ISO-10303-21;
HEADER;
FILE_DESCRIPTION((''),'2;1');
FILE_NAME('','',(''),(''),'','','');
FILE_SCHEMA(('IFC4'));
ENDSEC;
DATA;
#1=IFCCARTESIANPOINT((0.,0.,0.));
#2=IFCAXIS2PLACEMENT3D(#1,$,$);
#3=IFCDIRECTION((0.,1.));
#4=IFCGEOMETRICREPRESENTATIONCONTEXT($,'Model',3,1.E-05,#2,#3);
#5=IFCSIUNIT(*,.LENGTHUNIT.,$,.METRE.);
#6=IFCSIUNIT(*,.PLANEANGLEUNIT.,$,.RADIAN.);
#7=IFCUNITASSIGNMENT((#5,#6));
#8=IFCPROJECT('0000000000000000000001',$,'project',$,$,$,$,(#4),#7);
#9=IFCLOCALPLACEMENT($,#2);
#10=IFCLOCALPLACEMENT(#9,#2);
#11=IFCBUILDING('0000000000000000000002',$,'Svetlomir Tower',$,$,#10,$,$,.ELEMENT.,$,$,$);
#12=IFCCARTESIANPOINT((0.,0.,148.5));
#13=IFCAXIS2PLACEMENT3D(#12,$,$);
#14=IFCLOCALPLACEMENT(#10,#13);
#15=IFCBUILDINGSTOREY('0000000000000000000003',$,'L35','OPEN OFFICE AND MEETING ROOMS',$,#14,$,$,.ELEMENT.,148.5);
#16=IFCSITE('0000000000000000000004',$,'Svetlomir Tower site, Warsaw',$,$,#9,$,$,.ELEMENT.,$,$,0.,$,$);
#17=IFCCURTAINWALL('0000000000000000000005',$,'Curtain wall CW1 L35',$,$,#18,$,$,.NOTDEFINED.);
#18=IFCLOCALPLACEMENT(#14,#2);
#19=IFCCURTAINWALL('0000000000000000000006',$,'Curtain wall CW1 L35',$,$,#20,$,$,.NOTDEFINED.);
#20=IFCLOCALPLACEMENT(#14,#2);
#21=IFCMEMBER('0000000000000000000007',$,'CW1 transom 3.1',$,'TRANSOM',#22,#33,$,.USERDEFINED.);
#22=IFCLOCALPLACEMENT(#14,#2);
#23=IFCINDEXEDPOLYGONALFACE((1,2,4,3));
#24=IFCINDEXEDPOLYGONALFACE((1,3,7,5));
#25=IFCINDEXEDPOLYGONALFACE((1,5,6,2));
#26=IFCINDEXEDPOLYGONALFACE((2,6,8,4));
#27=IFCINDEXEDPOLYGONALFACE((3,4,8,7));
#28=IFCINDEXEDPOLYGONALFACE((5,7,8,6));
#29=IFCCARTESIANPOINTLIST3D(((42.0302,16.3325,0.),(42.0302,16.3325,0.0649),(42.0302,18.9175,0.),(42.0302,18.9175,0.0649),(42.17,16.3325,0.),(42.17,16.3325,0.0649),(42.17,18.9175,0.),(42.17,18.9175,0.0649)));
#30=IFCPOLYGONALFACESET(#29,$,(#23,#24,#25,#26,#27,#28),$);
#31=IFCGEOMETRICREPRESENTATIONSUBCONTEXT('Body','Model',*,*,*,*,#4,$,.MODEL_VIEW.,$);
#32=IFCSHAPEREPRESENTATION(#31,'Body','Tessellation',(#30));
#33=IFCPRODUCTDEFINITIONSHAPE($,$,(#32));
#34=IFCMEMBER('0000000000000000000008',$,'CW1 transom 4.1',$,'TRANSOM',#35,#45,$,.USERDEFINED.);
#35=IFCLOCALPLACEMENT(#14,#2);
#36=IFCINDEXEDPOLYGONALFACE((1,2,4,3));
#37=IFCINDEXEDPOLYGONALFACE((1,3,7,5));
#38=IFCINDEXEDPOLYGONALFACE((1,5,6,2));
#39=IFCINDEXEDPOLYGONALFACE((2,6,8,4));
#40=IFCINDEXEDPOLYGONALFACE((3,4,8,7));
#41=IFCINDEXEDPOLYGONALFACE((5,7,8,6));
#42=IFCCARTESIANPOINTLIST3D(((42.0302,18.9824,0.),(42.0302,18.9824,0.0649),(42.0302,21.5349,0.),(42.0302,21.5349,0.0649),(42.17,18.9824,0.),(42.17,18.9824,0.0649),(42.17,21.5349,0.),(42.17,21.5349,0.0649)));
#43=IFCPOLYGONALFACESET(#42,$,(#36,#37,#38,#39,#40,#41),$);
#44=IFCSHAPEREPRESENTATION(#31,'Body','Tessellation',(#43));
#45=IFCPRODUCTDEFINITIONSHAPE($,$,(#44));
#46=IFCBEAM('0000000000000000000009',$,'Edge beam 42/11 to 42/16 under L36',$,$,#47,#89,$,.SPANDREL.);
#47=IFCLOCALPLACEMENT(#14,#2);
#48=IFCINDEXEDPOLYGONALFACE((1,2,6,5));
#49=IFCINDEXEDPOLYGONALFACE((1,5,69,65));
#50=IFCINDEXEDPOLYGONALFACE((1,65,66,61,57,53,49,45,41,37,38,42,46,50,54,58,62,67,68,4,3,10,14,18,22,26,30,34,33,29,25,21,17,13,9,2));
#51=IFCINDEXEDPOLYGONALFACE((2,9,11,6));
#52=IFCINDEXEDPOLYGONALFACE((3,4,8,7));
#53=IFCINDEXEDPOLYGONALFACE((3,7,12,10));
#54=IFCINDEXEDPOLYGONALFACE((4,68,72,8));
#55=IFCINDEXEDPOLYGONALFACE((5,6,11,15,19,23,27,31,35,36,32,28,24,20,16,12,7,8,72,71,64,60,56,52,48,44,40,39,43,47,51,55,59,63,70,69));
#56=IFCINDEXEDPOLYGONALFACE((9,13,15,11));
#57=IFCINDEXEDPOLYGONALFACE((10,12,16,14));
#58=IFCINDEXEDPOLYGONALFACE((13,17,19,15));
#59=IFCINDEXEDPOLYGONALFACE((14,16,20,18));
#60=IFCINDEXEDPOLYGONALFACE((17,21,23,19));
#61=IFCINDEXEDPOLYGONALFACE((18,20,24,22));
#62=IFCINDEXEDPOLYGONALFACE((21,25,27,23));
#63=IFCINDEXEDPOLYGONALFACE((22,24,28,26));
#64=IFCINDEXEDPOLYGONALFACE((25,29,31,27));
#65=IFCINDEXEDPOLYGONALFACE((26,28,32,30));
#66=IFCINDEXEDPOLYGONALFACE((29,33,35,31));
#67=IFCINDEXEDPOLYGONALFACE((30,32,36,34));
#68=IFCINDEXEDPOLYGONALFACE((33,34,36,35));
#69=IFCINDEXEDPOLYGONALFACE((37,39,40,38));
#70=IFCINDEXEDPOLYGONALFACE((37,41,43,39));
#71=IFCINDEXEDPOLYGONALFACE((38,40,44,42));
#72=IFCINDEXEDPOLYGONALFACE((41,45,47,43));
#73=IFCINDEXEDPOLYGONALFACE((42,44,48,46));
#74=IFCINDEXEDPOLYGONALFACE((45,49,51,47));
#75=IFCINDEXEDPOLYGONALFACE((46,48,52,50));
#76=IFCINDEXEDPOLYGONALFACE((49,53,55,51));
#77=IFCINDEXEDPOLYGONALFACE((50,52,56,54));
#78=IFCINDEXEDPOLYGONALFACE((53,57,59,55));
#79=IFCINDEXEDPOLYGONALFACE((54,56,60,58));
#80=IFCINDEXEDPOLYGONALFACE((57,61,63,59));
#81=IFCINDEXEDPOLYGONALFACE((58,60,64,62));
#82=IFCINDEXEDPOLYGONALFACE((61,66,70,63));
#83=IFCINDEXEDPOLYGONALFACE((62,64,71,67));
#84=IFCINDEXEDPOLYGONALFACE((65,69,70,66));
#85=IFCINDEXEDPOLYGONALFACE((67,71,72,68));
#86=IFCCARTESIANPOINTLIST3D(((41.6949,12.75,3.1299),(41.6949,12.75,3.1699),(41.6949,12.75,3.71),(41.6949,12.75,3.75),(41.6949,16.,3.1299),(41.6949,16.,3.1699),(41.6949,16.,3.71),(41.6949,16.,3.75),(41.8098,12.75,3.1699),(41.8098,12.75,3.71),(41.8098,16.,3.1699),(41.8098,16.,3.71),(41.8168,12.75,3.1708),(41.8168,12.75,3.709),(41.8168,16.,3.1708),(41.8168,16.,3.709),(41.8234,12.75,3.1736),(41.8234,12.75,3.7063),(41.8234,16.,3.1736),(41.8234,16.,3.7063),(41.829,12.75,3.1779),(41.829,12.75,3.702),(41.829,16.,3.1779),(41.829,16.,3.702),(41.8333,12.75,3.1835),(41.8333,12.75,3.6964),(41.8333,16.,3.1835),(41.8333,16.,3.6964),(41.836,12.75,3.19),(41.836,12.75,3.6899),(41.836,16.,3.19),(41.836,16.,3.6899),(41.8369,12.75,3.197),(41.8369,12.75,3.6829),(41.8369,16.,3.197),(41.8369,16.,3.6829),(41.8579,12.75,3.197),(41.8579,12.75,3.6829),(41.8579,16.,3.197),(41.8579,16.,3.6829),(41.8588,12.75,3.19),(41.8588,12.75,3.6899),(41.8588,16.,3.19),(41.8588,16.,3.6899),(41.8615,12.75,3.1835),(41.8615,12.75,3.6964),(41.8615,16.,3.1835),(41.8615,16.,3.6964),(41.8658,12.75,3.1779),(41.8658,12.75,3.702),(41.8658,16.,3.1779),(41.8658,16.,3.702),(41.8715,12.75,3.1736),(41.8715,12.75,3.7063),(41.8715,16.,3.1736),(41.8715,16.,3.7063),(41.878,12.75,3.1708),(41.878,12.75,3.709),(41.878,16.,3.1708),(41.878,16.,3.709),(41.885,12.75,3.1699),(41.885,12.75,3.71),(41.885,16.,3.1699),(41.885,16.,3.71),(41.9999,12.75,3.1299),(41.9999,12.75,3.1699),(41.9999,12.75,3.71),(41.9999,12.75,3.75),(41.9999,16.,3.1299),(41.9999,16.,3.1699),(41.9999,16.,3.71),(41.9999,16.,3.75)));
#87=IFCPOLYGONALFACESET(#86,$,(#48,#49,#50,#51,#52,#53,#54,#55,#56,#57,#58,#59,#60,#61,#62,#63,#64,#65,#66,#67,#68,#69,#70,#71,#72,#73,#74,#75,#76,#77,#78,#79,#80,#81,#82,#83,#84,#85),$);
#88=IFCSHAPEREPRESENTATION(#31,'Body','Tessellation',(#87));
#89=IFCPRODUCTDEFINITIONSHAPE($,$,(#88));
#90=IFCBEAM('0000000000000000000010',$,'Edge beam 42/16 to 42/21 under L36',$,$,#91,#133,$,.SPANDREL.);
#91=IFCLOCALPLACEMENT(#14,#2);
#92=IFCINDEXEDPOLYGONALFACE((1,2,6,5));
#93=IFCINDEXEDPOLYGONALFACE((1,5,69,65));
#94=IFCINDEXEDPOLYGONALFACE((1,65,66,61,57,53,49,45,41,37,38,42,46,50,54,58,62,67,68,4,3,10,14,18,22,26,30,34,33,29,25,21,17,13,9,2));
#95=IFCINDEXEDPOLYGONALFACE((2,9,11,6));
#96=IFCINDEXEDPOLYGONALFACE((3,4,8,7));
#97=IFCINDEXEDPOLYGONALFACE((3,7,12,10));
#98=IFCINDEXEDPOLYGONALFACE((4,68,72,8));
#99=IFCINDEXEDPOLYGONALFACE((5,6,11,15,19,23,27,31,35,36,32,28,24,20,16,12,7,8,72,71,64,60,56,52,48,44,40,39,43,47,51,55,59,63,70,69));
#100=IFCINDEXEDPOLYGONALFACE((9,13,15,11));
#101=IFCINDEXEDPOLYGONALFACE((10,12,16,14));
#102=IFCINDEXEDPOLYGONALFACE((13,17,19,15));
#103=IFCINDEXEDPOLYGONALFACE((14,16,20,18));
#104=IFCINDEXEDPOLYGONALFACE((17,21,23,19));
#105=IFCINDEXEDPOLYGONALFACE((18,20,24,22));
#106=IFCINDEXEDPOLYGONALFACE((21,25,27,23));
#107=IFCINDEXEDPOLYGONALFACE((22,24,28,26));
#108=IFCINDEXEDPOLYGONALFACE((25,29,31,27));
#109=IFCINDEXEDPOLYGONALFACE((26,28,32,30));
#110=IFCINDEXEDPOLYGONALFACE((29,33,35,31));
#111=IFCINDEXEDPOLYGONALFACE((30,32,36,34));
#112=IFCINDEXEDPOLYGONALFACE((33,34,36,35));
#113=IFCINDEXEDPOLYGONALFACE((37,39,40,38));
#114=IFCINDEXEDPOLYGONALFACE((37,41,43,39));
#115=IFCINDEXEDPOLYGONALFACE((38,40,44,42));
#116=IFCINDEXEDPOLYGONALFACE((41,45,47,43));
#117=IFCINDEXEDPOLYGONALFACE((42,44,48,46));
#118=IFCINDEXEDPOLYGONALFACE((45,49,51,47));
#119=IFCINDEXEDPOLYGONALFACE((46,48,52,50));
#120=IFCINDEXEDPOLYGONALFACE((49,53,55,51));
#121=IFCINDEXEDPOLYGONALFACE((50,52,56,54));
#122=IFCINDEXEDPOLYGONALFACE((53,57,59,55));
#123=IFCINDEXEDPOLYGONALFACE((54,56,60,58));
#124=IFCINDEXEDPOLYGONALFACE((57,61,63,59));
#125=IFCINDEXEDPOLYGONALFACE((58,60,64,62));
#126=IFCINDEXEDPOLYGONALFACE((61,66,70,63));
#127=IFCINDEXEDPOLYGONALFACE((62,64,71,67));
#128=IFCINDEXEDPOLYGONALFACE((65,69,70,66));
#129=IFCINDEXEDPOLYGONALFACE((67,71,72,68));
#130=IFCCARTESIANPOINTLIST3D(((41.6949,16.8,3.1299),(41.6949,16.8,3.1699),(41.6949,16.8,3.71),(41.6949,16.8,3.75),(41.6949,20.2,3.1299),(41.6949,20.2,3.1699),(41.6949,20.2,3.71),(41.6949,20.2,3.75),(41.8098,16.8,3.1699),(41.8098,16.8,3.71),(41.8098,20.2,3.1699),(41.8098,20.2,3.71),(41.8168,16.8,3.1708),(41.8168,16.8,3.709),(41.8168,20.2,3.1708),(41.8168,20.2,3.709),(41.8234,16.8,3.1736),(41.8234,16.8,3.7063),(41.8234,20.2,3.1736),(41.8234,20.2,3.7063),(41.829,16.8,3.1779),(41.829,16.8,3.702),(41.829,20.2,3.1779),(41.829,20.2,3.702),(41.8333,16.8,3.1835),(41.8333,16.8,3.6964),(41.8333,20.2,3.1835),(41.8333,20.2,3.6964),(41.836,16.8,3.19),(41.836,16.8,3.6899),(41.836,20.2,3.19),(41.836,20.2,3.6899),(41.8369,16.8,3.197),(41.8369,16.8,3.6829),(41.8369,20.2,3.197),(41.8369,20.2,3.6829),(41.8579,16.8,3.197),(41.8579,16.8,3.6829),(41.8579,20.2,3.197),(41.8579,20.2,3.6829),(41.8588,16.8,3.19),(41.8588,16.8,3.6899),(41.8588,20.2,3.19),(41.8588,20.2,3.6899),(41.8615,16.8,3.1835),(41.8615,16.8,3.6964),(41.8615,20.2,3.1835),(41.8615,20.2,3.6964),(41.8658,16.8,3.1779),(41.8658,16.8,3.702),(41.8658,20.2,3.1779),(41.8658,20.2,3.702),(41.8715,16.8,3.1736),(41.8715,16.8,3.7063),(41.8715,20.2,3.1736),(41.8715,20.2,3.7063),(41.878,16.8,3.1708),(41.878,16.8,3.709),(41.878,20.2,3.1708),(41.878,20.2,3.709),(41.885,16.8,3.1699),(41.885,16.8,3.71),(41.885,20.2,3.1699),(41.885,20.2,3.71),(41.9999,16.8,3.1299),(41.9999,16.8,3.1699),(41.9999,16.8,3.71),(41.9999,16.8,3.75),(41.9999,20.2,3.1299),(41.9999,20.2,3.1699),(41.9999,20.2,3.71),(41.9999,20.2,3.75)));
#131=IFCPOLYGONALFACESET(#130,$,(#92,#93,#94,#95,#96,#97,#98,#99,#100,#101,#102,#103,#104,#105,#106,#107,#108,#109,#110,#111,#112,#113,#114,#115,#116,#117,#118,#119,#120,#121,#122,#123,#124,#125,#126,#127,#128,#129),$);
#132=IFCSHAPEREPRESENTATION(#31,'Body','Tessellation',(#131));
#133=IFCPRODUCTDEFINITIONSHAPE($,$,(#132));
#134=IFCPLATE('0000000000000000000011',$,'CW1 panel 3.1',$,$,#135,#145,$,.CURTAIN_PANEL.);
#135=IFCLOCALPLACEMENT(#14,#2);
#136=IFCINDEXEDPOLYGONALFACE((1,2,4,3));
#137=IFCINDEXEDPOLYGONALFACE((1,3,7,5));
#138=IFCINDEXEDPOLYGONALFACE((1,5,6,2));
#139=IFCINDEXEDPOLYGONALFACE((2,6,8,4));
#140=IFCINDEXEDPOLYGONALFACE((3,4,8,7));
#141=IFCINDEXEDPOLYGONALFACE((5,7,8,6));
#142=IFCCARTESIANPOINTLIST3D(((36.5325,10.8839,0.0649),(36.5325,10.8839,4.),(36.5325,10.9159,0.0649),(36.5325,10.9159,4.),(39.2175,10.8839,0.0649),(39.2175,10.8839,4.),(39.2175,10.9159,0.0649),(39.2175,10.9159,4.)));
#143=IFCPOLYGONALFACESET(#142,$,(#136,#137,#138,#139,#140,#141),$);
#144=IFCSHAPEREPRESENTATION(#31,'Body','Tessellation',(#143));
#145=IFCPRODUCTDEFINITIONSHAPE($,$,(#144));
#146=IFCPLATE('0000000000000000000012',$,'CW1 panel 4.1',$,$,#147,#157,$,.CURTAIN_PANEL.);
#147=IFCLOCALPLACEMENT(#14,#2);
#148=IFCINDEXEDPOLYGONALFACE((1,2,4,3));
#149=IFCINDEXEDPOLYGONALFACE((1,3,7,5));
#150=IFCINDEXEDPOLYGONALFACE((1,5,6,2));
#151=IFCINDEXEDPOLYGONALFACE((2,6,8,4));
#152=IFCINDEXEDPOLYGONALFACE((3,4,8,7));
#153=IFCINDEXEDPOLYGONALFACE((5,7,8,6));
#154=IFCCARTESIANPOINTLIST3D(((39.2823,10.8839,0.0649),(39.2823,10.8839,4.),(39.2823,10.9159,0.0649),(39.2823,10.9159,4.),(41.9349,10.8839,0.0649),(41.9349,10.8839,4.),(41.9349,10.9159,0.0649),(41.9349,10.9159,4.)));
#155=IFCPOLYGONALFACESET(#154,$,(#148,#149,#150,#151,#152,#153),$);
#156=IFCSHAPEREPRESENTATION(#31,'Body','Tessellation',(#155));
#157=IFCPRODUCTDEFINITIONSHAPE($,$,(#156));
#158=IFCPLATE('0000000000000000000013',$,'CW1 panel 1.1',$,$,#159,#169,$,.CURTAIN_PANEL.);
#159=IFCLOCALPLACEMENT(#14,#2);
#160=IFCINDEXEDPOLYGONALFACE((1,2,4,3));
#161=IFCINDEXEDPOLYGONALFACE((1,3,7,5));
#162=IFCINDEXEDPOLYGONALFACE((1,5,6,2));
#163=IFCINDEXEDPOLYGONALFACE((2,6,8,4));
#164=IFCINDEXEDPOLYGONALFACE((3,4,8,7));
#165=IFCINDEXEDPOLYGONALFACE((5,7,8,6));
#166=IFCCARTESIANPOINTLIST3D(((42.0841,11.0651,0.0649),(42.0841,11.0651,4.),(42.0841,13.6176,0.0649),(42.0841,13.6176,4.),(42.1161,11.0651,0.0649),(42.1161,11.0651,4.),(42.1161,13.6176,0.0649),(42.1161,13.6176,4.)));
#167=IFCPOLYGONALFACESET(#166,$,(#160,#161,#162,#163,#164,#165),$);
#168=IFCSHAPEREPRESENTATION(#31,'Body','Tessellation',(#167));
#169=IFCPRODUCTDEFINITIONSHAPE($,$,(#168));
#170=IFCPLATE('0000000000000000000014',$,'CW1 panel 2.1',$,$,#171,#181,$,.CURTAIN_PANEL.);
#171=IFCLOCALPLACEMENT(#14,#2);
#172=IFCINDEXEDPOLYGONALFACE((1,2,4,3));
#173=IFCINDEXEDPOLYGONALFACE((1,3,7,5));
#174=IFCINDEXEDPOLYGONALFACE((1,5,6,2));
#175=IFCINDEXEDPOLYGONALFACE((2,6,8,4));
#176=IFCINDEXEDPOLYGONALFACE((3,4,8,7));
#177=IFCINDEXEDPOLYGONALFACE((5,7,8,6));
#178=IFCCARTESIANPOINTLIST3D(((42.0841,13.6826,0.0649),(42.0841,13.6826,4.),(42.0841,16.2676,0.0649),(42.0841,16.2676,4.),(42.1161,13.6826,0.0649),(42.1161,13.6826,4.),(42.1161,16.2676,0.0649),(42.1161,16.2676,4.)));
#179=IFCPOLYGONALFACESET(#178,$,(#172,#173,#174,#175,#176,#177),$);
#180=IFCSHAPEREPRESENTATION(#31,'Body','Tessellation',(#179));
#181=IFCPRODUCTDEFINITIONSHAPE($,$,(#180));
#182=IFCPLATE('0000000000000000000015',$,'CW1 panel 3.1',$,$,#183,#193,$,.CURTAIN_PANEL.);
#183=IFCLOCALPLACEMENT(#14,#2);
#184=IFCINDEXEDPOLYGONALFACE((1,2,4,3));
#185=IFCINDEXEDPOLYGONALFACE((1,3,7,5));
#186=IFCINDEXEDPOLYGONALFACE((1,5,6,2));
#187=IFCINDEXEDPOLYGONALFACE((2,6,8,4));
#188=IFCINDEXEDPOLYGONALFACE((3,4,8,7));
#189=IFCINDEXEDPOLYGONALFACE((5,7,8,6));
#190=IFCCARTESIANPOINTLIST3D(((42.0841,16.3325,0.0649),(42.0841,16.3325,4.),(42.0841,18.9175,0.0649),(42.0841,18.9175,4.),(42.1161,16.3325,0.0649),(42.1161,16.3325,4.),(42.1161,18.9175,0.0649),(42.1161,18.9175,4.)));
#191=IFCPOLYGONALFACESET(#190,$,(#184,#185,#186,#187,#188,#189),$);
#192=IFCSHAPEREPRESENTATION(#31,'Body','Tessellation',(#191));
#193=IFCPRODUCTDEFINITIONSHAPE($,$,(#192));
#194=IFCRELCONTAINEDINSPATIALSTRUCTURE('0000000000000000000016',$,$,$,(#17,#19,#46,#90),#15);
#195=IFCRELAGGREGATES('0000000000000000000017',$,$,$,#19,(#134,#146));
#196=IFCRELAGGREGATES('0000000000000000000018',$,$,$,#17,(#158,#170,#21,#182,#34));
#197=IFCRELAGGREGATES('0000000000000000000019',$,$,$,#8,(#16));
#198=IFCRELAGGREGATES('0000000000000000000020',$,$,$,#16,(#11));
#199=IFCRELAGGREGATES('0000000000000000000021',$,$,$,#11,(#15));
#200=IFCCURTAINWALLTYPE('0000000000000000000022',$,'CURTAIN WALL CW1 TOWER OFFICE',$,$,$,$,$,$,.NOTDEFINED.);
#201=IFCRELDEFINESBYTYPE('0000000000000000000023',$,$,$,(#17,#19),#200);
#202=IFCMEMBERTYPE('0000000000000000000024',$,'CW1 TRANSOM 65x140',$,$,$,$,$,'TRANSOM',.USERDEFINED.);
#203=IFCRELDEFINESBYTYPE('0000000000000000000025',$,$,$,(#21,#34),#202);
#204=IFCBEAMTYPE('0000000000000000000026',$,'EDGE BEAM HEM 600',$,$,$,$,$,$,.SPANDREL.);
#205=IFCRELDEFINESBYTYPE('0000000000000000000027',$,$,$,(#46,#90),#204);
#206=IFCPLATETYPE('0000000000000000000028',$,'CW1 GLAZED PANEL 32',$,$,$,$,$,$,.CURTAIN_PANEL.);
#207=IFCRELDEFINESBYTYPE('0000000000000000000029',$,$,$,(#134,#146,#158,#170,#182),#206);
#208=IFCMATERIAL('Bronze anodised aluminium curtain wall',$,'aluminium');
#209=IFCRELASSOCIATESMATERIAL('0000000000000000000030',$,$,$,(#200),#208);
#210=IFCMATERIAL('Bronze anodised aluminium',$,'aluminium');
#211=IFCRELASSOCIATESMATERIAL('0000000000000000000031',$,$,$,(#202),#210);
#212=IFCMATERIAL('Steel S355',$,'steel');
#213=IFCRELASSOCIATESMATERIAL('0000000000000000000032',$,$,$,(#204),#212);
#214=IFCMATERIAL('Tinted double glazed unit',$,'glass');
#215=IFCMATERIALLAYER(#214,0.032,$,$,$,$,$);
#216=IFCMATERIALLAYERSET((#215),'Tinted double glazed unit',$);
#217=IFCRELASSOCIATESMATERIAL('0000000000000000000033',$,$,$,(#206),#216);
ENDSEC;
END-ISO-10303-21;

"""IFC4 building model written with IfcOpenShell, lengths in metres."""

from ifc_helpers import new_model, si_unit, direction, frame, origin, origin_2d, place, context, subcontext, project, spatial, rectangle, i_section, extrude, material, layer, layer_set, material_profile, profile_set, type_object, element, aggregate, save


model = new_model("IFC4")

# Units and contexts
model_context = context("Model", 3, precision=1e-05, world=origin(), true_north=direction((0.0, 1.0)))
body_context = subcontext(model_context, "Body", "Model", "MODEL_VIEW")
ifc_project = project(units=[si_unit("LENGTHUNIT", "METRE"), si_unit("PLANEANGLEUNIT", "RADIAN")], contexts=[model_context])

# Site, building, storey
site_placement = place(None, origin())
site = spatial("IfcSite", under=ifc_project, at=site_placement, Name="Svetlomir Tower site, Warsaw", CompositionType="ELEMENT", RefElevation=0.0)
building_placement = place(site_placement, origin())
building = spatial("IfcBuilding", under=site, at=building_placement, Name="Svetlomir Tower", CompositionType="ELEMENT")
storey_placement = place(building_placement, frame((0.0, 0.0, 148.5)))
storey = spatial("IfcBuildingStorey", under=building, at=storey_placement, Name="L35", Description="OPEN OFFICE AND MEETING ROOMS", CompositionType="ELEMENT", Elevation=148.5)

# Curtain wall
ifc_material_1 = material(Name="Bronze anodised aluminium curtain wall", Category="aluminium")
curtain_wall_type = type_object("IfcCurtainWallType", Name="CURTAIN WALL CW1 TOWER OFFICE", PredefinedType="NOTDEFINED", material=ifc_material_1)
curtain_wall_1_placement = place(storey_placement, origin())
curtain_wall_1 = element("IfcCurtainWall", 1, at=curtain_wall_1_placement, inside=storey, type_object=curtain_wall_type, Name="Curtain wall CW1 L35", PredefinedType="NOTDEFINED")

# Curtain wall
curtain_wall_2_placement = place(storey_placement, origin())
curtain_wall_2 = element("IfcCurtainWall", 2, at=curtain_wall_2_placement, inside=storey, type_object=curtain_wall_type, Name="Curtain wall CW1 L35", PredefinedType="NOTDEFINED")

# Members
ifc_material_2 = material(Name="Bronze anodised aluminium", Category="aluminium")
ifc_material_profile_1 = material_profile(ifc_material_2, rectangle(XDim=0.1399, YDim=0.0649, at=origin_2d()), Name="AL 140x65")
ifc_profile_set_1 = profile_set([ifc_material_profile_1], Name="Bronze anodised aluminium 6063-T6")
member_type_1 = type_object("IfcMemberType", Name="CW1 TRANSOM 65x140", ElementType="TRANSOM", PredefinedType="USERDEFINED", material=ifc_profile_set_1)
member_1_placement = place(storey_placement, frame((42.1001, 16.3325, 0.0325), z_axis=(0.0, 1.0, 0.0), x_axis=(-1.0, 0.0, 0.0)))
member_1 = element("IfcMember", 3, at=member_1_placement, type_object=member_type_1, Name="CW1 transom 3.1", ObjectType="TRANSOM", PredefinedType="USERDEFINED", context=body_context, shape_type="SweptSolid", body=[
    extrude(rectangle(XDim=0.1399, YDim=0.0649, at=origin_2d()), origin(), (0.0, 0.0, 1.0), 2.585),
])
member_2_placement = place(storey_placement, frame((42.1001, 18.9824, 0.0325), z_axis=(0.0, 1.0, 0.0), x_axis=(-1.0, 0.0, 0.0)))
member_2 = element("IfcMember", 4, at=member_2_placement, type_object=member_type_1, Name="CW1 transom 4.1", ObjectType="TRANSOM", PredefinedType="USERDEFINED", context=body_context, shape_type="SweptSolid", body=[
    extrude(rectangle(XDim=0.1399, YDim=0.0649, at=origin_2d()), origin(), (0.0, 0.0, 1.0), 2.5525),
])

# Beams
ifc_material_3 = material(Name="Steel S355", Category="steel")
ifc_material_profile_2 = material_profile(ifc_material_3, i_section(OverallWidth=0.3049, OverallDepth=0.6201, WebThickness=0.021, FlangeThickness=0.04, FilletRadius=0.0271, at=origin_2d()), Name="HEM 600")
ifc_profile_set_2 = profile_set([ifc_material_profile_2], Name="Steel S355")
beam_type = type_object("IfcBeamType", Name="EDGE BEAM HEM 600", PredefinedType="SPANDREL", material=ifc_profile_set_2)
beam_1_placement = place(storey_placement, frame((41.8474, 12.75, 3.4399), z_axis=(0.0, 1.0, 0.0), x_axis=(-1.0, 0.0, 0.0)))
element("IfcBeam", 5, at=beam_1_placement, inside=storey, type_object=beam_type, Name="Edge beam 42/11 to 42/16 under L36", PredefinedType="SPANDREL", context=body_context, shape_type="SweptSolid", body=[
    extrude(i_section(OverallWidth=0.3049, OverallDepth=0.6201, WebThickness=0.021, FlangeThickness=0.04, FilletRadius=0.0271, at=origin_2d()), origin(), (0.0, 0.0, 1.0), 3.25),
])
beam_2_placement = place(storey_placement, frame((41.8474, 16.8, 3.4399), z_axis=(0.0, 1.0, 0.0), x_axis=(-1.0, 0.0, 0.0)))
element("IfcBeam", 6, at=beam_2_placement, inside=storey, type_object=beam_type, Name="Edge beam 42/16 to 42/21 under L36", PredefinedType="SPANDREL", context=body_context, shape_type="SweptSolid", body=[
    extrude(i_section(OverallWidth=0.3049, OverallDepth=0.6201, WebThickness=0.021, FlangeThickness=0.04, FilletRadius=0.0271, at=origin_2d()), origin(), (0.0, 0.0, 1.0), 3.3999),
])

# Plates
ifc_material_4 = material(Name="Tinted double glazed unit", Category="glass")
ifc_layer_1 = layer(ifc_material_4, 0.032)
ifc_layer_set_1 = layer_set([ifc_layer_1], Name="Tinted double glazed unit")
plate_type = type_object("IfcPlateType", Name="CW1 GLAZED PANEL 32", PredefinedType="CURTAIN_PANEL", material=ifc_layer_set_1)
plate_1_placement = place(storey_placement, frame((37.875, 10.8999, 0.0649), z_axis=(0.0, 0.0, 1.0), x_axis=(1.0, 0.0, 0.0)))
plate_1 = element("IfcPlate", 7, at=plate_1_placement, type_object=plate_type, Name="CW1 panel 3.1", PredefinedType="CURTAIN_PANEL", context=body_context, shape_type="SweptSolid", body=[
    extrude(rectangle(XDim=2.6851, YDim=0.032, at=origin_2d()), origin(), (0.0, 0.0, 1.0), 3.9351),
])
plate_2_placement = place(storey_placement, frame((40.6086, 10.8999, 0.0649), z_axis=(0.0, 0.0, 1.0), x_axis=(1.0, 0.0, 0.0)))
plate_2 = element("IfcPlate", 8, at=plate_2_placement, type_object=plate_type, Name="CW1 panel 4.1", PredefinedType="CURTAIN_PANEL", context=body_context, shape_type="SweptSolid", body=[
    extrude(rectangle(XDim=2.6526, YDim=0.032, at=origin_2d()), origin(), (0.0, 0.0, 1.0), 3.9351),
])
aggregate(curtain_wall_2, [plate_1, plate_2])
plate_3_placement = place(storey_placement, frame((42.1001, 12.3413, 0.0649), z_axis=(0.0, 0.0, 1.0), x_axis=(0.0, 1.0, 0.0)))
plate_3 = element("IfcPlate", 9, at=plate_3_placement, type_object=plate_type, Name="CW1 panel 1.1", PredefinedType="CURTAIN_PANEL", context=body_context, shape_type="SweptSolid", body=[
    extrude(rectangle(XDim=2.5525, YDim=0.032, at=origin_2d()), origin(), (0.0, 0.0, 1.0), 3.9351),
])
plate_4_placement = place(storey_placement, frame((42.1001, 14.9751, 0.0649), z_axis=(0.0, 0.0, 1.0), x_axis=(0.0, 1.0, 0.0)))
plate_4 = element("IfcPlate", 10, at=plate_4_placement, type_object=plate_type, Name="CW1 panel 2.1", PredefinedType="CURTAIN_PANEL", context=body_context, shape_type="SweptSolid", body=[
    extrude(rectangle(XDim=2.585, YDim=0.032, at=origin_2d()), origin(), (0.0, 0.0, 1.0), 3.9351),
])
plate_5_placement = place(storey_placement, frame((42.1001, 17.625, 0.0649), z_axis=(0.0, 0.0, 1.0), x_axis=(0.0, 1.0, 0.0)))
plate_5 = element("IfcPlate", 11, at=plate_5_placement, type_object=plate_type, Name="CW1 panel 3.1", PredefinedType="CURTAIN_PANEL", context=body_context, shape_type="SweptSolid", body=[
    extrude(rectangle(XDim=2.585, YDim=0.032, at=origin_2d()), origin(), (0.0, 0.0, 1.0), 3.9351),
])
aggregate(curtain_wall_1, [plate_3, plate_4, member_1, plate_5, member_2])

save(model, "model.ifc")
